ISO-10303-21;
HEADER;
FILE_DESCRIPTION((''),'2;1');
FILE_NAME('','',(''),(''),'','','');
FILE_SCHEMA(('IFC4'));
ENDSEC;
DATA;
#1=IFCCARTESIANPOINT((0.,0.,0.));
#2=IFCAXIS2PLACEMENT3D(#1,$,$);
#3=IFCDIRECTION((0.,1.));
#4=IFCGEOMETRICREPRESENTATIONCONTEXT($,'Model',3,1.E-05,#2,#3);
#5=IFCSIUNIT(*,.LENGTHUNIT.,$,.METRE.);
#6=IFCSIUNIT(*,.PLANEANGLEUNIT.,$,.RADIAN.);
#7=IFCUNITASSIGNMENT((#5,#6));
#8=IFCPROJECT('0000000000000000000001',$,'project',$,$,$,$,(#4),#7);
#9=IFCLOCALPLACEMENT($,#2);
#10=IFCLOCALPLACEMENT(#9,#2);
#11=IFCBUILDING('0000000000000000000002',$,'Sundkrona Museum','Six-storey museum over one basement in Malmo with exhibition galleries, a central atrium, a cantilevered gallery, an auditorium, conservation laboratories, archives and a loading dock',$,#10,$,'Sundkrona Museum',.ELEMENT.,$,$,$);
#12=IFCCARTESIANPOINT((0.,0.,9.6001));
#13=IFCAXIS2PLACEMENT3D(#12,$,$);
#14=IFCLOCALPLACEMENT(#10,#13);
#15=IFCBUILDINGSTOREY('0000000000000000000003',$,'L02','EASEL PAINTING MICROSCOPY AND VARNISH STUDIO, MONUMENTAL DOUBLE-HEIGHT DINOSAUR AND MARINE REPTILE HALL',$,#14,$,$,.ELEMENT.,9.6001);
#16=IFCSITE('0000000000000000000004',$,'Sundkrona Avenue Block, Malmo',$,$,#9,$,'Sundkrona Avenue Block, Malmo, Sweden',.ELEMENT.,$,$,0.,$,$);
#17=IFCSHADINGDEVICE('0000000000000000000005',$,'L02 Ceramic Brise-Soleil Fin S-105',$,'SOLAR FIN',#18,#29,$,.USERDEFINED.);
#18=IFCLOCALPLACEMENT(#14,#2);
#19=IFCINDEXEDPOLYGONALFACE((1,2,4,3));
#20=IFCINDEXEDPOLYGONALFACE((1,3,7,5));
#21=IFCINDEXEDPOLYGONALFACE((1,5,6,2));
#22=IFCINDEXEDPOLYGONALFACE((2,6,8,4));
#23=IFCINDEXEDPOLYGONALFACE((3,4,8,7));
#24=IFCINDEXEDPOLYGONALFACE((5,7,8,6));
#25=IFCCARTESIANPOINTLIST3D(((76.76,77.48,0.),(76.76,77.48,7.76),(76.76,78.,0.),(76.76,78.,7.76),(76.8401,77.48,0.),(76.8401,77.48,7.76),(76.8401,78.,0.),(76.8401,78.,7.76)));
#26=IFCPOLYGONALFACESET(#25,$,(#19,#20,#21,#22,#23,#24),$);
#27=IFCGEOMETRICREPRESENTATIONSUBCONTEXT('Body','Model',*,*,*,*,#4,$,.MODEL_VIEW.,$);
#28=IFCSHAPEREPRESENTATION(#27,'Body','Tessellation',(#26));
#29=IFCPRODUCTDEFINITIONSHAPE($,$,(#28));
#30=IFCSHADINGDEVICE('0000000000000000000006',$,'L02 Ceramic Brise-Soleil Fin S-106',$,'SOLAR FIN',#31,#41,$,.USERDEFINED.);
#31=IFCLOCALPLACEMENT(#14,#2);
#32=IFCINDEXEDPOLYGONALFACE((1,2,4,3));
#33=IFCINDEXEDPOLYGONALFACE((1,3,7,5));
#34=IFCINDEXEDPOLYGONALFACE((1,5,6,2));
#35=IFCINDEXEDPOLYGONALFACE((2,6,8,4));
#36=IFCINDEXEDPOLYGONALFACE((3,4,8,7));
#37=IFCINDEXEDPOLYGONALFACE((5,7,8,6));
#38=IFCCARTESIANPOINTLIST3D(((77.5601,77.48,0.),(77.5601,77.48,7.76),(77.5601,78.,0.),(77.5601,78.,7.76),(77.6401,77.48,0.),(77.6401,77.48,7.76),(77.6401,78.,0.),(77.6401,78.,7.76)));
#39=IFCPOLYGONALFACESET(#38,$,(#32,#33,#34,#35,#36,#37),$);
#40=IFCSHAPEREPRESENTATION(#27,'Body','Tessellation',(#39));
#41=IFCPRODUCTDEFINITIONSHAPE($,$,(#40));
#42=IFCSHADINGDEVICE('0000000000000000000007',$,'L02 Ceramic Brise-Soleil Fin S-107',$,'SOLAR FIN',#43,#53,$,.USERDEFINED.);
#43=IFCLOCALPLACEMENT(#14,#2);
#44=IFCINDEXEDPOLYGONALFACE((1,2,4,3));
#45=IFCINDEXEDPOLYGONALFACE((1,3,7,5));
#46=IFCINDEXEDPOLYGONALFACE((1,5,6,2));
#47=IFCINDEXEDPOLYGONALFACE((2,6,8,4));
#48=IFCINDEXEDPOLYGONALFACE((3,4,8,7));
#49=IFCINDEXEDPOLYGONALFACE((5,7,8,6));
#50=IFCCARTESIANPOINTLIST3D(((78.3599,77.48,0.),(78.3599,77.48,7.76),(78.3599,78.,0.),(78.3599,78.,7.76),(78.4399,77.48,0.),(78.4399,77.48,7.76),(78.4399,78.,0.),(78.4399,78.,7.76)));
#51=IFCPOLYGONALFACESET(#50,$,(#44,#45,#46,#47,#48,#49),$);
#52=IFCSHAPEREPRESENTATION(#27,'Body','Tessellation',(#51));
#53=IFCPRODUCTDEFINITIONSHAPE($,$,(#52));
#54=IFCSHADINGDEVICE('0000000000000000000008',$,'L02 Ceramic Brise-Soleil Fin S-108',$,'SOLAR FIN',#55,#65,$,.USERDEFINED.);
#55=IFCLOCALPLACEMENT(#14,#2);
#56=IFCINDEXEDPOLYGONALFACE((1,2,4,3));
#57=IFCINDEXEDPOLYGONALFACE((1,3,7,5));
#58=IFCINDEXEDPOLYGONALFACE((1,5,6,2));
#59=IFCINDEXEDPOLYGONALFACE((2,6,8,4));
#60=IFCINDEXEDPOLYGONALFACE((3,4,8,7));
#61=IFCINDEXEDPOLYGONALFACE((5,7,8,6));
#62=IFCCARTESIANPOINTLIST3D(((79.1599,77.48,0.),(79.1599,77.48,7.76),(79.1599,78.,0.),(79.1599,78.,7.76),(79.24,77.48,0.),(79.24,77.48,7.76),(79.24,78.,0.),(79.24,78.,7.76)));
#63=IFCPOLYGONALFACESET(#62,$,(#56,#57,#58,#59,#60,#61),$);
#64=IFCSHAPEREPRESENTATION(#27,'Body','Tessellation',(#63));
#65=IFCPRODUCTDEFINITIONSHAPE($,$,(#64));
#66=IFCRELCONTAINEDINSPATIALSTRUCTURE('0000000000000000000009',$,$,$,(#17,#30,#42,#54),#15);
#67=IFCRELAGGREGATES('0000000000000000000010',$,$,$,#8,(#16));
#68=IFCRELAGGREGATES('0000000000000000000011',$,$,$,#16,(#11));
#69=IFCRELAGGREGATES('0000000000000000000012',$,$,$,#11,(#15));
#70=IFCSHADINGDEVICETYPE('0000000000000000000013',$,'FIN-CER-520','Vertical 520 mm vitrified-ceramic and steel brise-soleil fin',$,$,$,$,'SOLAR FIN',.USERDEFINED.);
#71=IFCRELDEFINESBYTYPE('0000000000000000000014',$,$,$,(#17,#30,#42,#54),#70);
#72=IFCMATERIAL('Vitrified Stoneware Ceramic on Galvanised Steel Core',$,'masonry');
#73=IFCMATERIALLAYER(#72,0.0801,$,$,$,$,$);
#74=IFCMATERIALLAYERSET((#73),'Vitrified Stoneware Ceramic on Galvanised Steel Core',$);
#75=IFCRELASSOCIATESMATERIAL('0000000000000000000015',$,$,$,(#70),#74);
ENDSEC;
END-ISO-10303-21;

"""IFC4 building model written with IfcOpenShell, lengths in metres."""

from ifc_helpers import new_model, si_unit, direction, frame, origin, origin_2d, place, context, subcontext, project, spatial, rectangle, extrude, material, layer, layer_set, type_object, element, save


model = new_model("IFC4")

# Units and contexts
model_context = context("Model", 3, precision=1e-05, world=origin(), true_north=direction((0.0, 1.0)))
body_context = subcontext(model_context, "Body", "Model", "MODEL_VIEW")
ifc_project = project(units=[si_unit("LENGTHUNIT", "METRE"), si_unit("PLANEANGLEUNIT", "RADIAN")], contexts=[model_context])

# Site, building, storey
site_placement = place(None, origin())
site = spatial("IfcSite", under=ifc_project, at=site_placement, Name="Sundkrona Avenue Block, Malmo", LongName="Sundkrona Avenue Block, Malmo, Sweden", CompositionType="ELEMENT", RefElevation=0.0)
building_placement = place(site_placement, origin())
building = spatial("IfcBuilding", under=site, at=building_placement, Name="Sundkrona Museum", Description="Six-storey museum over one basement in Malmo with exhibition galleries, a central atrium, a cantilevered gallery, an auditorium, conservation laboratories, archives and a loading dock", LongName="Sundkrona Museum", CompositionType="ELEMENT")
storey_placement = place(building_placement, frame((0.0, 0.0, 9.6001)))
storey = spatial("IfcBuildingStorey", under=building, at=storey_placement, Name="L02", Description="EASEL PAINTING MICROSCOPY AND VARNISH STUDIO, MONUMENTAL DOUBLE-HEIGHT DINOSAUR AND MARINE REPTILE HALL", CompositionType="ELEMENT", Elevation=9.6001)

# Shading devices
ifc_material = material(Name="Vitrified Stoneware Ceramic on Galvanised Steel Core", Category="masonry")
ifc_layer = layer(ifc_material, 0.0801)
ifc_layer_set = layer_set([ifc_layer], Name="Vitrified Stoneware Ceramic on Galvanised Steel Core")
shading_device_type = type_object("IfcShadingDeviceType", Name="FIN-CER-520", Description="Vertical 520 mm vitrified-ceramic and steel brise-soleil fin", ElementType="SOLAR FIN", PredefinedType="USERDEFINED", material=ifc_layer_set)
for number, where, z_axis, x_axis, name in (
    (1, (76.8, 77.74, 0.0), (0.0, 0.0, 1.0), (1.0, 0.0, 0.0), "L02 Ceramic Brise-Soleil Fin S-105"),
    (2, (77.6001, 77.74, 0.0), (0.0, 0.0, 1.0), (1.0, 0.0, 0.0), "L02 Ceramic Brise-Soleil Fin S-106"),
    (3, (78.3999, 77.74, 0.0), (0.0, 0.0, 1.0), (1.0, 0.0, 0.0), "L02 Ceramic Brise-Soleil Fin S-107"),
    (4, (79.2, 77.74, 0.0), (0.0, 0.0, 1.0), (1.0, 0.0, 0.0), "L02 Ceramic Brise-Soleil Fin S-108"),
):
    element("IfcShadingDevice", number, at=place(storey_placement, frame(where, z_axis=z_axis, x_axis=x_axis)), inside=storey, type_object=shading_device_type, Name=name, ObjectType="SOLAR FIN", PredefinedType="USERDEFINED", context=body_context, shape_type="SweptSolid", body=[
        extrude(rectangle(XDim=0.0801, YDim=0.52, at=origin_2d()), origin(), (0.0, 0.0, 1.0), 7.76),
    ])

save(model, "model.ifc")
